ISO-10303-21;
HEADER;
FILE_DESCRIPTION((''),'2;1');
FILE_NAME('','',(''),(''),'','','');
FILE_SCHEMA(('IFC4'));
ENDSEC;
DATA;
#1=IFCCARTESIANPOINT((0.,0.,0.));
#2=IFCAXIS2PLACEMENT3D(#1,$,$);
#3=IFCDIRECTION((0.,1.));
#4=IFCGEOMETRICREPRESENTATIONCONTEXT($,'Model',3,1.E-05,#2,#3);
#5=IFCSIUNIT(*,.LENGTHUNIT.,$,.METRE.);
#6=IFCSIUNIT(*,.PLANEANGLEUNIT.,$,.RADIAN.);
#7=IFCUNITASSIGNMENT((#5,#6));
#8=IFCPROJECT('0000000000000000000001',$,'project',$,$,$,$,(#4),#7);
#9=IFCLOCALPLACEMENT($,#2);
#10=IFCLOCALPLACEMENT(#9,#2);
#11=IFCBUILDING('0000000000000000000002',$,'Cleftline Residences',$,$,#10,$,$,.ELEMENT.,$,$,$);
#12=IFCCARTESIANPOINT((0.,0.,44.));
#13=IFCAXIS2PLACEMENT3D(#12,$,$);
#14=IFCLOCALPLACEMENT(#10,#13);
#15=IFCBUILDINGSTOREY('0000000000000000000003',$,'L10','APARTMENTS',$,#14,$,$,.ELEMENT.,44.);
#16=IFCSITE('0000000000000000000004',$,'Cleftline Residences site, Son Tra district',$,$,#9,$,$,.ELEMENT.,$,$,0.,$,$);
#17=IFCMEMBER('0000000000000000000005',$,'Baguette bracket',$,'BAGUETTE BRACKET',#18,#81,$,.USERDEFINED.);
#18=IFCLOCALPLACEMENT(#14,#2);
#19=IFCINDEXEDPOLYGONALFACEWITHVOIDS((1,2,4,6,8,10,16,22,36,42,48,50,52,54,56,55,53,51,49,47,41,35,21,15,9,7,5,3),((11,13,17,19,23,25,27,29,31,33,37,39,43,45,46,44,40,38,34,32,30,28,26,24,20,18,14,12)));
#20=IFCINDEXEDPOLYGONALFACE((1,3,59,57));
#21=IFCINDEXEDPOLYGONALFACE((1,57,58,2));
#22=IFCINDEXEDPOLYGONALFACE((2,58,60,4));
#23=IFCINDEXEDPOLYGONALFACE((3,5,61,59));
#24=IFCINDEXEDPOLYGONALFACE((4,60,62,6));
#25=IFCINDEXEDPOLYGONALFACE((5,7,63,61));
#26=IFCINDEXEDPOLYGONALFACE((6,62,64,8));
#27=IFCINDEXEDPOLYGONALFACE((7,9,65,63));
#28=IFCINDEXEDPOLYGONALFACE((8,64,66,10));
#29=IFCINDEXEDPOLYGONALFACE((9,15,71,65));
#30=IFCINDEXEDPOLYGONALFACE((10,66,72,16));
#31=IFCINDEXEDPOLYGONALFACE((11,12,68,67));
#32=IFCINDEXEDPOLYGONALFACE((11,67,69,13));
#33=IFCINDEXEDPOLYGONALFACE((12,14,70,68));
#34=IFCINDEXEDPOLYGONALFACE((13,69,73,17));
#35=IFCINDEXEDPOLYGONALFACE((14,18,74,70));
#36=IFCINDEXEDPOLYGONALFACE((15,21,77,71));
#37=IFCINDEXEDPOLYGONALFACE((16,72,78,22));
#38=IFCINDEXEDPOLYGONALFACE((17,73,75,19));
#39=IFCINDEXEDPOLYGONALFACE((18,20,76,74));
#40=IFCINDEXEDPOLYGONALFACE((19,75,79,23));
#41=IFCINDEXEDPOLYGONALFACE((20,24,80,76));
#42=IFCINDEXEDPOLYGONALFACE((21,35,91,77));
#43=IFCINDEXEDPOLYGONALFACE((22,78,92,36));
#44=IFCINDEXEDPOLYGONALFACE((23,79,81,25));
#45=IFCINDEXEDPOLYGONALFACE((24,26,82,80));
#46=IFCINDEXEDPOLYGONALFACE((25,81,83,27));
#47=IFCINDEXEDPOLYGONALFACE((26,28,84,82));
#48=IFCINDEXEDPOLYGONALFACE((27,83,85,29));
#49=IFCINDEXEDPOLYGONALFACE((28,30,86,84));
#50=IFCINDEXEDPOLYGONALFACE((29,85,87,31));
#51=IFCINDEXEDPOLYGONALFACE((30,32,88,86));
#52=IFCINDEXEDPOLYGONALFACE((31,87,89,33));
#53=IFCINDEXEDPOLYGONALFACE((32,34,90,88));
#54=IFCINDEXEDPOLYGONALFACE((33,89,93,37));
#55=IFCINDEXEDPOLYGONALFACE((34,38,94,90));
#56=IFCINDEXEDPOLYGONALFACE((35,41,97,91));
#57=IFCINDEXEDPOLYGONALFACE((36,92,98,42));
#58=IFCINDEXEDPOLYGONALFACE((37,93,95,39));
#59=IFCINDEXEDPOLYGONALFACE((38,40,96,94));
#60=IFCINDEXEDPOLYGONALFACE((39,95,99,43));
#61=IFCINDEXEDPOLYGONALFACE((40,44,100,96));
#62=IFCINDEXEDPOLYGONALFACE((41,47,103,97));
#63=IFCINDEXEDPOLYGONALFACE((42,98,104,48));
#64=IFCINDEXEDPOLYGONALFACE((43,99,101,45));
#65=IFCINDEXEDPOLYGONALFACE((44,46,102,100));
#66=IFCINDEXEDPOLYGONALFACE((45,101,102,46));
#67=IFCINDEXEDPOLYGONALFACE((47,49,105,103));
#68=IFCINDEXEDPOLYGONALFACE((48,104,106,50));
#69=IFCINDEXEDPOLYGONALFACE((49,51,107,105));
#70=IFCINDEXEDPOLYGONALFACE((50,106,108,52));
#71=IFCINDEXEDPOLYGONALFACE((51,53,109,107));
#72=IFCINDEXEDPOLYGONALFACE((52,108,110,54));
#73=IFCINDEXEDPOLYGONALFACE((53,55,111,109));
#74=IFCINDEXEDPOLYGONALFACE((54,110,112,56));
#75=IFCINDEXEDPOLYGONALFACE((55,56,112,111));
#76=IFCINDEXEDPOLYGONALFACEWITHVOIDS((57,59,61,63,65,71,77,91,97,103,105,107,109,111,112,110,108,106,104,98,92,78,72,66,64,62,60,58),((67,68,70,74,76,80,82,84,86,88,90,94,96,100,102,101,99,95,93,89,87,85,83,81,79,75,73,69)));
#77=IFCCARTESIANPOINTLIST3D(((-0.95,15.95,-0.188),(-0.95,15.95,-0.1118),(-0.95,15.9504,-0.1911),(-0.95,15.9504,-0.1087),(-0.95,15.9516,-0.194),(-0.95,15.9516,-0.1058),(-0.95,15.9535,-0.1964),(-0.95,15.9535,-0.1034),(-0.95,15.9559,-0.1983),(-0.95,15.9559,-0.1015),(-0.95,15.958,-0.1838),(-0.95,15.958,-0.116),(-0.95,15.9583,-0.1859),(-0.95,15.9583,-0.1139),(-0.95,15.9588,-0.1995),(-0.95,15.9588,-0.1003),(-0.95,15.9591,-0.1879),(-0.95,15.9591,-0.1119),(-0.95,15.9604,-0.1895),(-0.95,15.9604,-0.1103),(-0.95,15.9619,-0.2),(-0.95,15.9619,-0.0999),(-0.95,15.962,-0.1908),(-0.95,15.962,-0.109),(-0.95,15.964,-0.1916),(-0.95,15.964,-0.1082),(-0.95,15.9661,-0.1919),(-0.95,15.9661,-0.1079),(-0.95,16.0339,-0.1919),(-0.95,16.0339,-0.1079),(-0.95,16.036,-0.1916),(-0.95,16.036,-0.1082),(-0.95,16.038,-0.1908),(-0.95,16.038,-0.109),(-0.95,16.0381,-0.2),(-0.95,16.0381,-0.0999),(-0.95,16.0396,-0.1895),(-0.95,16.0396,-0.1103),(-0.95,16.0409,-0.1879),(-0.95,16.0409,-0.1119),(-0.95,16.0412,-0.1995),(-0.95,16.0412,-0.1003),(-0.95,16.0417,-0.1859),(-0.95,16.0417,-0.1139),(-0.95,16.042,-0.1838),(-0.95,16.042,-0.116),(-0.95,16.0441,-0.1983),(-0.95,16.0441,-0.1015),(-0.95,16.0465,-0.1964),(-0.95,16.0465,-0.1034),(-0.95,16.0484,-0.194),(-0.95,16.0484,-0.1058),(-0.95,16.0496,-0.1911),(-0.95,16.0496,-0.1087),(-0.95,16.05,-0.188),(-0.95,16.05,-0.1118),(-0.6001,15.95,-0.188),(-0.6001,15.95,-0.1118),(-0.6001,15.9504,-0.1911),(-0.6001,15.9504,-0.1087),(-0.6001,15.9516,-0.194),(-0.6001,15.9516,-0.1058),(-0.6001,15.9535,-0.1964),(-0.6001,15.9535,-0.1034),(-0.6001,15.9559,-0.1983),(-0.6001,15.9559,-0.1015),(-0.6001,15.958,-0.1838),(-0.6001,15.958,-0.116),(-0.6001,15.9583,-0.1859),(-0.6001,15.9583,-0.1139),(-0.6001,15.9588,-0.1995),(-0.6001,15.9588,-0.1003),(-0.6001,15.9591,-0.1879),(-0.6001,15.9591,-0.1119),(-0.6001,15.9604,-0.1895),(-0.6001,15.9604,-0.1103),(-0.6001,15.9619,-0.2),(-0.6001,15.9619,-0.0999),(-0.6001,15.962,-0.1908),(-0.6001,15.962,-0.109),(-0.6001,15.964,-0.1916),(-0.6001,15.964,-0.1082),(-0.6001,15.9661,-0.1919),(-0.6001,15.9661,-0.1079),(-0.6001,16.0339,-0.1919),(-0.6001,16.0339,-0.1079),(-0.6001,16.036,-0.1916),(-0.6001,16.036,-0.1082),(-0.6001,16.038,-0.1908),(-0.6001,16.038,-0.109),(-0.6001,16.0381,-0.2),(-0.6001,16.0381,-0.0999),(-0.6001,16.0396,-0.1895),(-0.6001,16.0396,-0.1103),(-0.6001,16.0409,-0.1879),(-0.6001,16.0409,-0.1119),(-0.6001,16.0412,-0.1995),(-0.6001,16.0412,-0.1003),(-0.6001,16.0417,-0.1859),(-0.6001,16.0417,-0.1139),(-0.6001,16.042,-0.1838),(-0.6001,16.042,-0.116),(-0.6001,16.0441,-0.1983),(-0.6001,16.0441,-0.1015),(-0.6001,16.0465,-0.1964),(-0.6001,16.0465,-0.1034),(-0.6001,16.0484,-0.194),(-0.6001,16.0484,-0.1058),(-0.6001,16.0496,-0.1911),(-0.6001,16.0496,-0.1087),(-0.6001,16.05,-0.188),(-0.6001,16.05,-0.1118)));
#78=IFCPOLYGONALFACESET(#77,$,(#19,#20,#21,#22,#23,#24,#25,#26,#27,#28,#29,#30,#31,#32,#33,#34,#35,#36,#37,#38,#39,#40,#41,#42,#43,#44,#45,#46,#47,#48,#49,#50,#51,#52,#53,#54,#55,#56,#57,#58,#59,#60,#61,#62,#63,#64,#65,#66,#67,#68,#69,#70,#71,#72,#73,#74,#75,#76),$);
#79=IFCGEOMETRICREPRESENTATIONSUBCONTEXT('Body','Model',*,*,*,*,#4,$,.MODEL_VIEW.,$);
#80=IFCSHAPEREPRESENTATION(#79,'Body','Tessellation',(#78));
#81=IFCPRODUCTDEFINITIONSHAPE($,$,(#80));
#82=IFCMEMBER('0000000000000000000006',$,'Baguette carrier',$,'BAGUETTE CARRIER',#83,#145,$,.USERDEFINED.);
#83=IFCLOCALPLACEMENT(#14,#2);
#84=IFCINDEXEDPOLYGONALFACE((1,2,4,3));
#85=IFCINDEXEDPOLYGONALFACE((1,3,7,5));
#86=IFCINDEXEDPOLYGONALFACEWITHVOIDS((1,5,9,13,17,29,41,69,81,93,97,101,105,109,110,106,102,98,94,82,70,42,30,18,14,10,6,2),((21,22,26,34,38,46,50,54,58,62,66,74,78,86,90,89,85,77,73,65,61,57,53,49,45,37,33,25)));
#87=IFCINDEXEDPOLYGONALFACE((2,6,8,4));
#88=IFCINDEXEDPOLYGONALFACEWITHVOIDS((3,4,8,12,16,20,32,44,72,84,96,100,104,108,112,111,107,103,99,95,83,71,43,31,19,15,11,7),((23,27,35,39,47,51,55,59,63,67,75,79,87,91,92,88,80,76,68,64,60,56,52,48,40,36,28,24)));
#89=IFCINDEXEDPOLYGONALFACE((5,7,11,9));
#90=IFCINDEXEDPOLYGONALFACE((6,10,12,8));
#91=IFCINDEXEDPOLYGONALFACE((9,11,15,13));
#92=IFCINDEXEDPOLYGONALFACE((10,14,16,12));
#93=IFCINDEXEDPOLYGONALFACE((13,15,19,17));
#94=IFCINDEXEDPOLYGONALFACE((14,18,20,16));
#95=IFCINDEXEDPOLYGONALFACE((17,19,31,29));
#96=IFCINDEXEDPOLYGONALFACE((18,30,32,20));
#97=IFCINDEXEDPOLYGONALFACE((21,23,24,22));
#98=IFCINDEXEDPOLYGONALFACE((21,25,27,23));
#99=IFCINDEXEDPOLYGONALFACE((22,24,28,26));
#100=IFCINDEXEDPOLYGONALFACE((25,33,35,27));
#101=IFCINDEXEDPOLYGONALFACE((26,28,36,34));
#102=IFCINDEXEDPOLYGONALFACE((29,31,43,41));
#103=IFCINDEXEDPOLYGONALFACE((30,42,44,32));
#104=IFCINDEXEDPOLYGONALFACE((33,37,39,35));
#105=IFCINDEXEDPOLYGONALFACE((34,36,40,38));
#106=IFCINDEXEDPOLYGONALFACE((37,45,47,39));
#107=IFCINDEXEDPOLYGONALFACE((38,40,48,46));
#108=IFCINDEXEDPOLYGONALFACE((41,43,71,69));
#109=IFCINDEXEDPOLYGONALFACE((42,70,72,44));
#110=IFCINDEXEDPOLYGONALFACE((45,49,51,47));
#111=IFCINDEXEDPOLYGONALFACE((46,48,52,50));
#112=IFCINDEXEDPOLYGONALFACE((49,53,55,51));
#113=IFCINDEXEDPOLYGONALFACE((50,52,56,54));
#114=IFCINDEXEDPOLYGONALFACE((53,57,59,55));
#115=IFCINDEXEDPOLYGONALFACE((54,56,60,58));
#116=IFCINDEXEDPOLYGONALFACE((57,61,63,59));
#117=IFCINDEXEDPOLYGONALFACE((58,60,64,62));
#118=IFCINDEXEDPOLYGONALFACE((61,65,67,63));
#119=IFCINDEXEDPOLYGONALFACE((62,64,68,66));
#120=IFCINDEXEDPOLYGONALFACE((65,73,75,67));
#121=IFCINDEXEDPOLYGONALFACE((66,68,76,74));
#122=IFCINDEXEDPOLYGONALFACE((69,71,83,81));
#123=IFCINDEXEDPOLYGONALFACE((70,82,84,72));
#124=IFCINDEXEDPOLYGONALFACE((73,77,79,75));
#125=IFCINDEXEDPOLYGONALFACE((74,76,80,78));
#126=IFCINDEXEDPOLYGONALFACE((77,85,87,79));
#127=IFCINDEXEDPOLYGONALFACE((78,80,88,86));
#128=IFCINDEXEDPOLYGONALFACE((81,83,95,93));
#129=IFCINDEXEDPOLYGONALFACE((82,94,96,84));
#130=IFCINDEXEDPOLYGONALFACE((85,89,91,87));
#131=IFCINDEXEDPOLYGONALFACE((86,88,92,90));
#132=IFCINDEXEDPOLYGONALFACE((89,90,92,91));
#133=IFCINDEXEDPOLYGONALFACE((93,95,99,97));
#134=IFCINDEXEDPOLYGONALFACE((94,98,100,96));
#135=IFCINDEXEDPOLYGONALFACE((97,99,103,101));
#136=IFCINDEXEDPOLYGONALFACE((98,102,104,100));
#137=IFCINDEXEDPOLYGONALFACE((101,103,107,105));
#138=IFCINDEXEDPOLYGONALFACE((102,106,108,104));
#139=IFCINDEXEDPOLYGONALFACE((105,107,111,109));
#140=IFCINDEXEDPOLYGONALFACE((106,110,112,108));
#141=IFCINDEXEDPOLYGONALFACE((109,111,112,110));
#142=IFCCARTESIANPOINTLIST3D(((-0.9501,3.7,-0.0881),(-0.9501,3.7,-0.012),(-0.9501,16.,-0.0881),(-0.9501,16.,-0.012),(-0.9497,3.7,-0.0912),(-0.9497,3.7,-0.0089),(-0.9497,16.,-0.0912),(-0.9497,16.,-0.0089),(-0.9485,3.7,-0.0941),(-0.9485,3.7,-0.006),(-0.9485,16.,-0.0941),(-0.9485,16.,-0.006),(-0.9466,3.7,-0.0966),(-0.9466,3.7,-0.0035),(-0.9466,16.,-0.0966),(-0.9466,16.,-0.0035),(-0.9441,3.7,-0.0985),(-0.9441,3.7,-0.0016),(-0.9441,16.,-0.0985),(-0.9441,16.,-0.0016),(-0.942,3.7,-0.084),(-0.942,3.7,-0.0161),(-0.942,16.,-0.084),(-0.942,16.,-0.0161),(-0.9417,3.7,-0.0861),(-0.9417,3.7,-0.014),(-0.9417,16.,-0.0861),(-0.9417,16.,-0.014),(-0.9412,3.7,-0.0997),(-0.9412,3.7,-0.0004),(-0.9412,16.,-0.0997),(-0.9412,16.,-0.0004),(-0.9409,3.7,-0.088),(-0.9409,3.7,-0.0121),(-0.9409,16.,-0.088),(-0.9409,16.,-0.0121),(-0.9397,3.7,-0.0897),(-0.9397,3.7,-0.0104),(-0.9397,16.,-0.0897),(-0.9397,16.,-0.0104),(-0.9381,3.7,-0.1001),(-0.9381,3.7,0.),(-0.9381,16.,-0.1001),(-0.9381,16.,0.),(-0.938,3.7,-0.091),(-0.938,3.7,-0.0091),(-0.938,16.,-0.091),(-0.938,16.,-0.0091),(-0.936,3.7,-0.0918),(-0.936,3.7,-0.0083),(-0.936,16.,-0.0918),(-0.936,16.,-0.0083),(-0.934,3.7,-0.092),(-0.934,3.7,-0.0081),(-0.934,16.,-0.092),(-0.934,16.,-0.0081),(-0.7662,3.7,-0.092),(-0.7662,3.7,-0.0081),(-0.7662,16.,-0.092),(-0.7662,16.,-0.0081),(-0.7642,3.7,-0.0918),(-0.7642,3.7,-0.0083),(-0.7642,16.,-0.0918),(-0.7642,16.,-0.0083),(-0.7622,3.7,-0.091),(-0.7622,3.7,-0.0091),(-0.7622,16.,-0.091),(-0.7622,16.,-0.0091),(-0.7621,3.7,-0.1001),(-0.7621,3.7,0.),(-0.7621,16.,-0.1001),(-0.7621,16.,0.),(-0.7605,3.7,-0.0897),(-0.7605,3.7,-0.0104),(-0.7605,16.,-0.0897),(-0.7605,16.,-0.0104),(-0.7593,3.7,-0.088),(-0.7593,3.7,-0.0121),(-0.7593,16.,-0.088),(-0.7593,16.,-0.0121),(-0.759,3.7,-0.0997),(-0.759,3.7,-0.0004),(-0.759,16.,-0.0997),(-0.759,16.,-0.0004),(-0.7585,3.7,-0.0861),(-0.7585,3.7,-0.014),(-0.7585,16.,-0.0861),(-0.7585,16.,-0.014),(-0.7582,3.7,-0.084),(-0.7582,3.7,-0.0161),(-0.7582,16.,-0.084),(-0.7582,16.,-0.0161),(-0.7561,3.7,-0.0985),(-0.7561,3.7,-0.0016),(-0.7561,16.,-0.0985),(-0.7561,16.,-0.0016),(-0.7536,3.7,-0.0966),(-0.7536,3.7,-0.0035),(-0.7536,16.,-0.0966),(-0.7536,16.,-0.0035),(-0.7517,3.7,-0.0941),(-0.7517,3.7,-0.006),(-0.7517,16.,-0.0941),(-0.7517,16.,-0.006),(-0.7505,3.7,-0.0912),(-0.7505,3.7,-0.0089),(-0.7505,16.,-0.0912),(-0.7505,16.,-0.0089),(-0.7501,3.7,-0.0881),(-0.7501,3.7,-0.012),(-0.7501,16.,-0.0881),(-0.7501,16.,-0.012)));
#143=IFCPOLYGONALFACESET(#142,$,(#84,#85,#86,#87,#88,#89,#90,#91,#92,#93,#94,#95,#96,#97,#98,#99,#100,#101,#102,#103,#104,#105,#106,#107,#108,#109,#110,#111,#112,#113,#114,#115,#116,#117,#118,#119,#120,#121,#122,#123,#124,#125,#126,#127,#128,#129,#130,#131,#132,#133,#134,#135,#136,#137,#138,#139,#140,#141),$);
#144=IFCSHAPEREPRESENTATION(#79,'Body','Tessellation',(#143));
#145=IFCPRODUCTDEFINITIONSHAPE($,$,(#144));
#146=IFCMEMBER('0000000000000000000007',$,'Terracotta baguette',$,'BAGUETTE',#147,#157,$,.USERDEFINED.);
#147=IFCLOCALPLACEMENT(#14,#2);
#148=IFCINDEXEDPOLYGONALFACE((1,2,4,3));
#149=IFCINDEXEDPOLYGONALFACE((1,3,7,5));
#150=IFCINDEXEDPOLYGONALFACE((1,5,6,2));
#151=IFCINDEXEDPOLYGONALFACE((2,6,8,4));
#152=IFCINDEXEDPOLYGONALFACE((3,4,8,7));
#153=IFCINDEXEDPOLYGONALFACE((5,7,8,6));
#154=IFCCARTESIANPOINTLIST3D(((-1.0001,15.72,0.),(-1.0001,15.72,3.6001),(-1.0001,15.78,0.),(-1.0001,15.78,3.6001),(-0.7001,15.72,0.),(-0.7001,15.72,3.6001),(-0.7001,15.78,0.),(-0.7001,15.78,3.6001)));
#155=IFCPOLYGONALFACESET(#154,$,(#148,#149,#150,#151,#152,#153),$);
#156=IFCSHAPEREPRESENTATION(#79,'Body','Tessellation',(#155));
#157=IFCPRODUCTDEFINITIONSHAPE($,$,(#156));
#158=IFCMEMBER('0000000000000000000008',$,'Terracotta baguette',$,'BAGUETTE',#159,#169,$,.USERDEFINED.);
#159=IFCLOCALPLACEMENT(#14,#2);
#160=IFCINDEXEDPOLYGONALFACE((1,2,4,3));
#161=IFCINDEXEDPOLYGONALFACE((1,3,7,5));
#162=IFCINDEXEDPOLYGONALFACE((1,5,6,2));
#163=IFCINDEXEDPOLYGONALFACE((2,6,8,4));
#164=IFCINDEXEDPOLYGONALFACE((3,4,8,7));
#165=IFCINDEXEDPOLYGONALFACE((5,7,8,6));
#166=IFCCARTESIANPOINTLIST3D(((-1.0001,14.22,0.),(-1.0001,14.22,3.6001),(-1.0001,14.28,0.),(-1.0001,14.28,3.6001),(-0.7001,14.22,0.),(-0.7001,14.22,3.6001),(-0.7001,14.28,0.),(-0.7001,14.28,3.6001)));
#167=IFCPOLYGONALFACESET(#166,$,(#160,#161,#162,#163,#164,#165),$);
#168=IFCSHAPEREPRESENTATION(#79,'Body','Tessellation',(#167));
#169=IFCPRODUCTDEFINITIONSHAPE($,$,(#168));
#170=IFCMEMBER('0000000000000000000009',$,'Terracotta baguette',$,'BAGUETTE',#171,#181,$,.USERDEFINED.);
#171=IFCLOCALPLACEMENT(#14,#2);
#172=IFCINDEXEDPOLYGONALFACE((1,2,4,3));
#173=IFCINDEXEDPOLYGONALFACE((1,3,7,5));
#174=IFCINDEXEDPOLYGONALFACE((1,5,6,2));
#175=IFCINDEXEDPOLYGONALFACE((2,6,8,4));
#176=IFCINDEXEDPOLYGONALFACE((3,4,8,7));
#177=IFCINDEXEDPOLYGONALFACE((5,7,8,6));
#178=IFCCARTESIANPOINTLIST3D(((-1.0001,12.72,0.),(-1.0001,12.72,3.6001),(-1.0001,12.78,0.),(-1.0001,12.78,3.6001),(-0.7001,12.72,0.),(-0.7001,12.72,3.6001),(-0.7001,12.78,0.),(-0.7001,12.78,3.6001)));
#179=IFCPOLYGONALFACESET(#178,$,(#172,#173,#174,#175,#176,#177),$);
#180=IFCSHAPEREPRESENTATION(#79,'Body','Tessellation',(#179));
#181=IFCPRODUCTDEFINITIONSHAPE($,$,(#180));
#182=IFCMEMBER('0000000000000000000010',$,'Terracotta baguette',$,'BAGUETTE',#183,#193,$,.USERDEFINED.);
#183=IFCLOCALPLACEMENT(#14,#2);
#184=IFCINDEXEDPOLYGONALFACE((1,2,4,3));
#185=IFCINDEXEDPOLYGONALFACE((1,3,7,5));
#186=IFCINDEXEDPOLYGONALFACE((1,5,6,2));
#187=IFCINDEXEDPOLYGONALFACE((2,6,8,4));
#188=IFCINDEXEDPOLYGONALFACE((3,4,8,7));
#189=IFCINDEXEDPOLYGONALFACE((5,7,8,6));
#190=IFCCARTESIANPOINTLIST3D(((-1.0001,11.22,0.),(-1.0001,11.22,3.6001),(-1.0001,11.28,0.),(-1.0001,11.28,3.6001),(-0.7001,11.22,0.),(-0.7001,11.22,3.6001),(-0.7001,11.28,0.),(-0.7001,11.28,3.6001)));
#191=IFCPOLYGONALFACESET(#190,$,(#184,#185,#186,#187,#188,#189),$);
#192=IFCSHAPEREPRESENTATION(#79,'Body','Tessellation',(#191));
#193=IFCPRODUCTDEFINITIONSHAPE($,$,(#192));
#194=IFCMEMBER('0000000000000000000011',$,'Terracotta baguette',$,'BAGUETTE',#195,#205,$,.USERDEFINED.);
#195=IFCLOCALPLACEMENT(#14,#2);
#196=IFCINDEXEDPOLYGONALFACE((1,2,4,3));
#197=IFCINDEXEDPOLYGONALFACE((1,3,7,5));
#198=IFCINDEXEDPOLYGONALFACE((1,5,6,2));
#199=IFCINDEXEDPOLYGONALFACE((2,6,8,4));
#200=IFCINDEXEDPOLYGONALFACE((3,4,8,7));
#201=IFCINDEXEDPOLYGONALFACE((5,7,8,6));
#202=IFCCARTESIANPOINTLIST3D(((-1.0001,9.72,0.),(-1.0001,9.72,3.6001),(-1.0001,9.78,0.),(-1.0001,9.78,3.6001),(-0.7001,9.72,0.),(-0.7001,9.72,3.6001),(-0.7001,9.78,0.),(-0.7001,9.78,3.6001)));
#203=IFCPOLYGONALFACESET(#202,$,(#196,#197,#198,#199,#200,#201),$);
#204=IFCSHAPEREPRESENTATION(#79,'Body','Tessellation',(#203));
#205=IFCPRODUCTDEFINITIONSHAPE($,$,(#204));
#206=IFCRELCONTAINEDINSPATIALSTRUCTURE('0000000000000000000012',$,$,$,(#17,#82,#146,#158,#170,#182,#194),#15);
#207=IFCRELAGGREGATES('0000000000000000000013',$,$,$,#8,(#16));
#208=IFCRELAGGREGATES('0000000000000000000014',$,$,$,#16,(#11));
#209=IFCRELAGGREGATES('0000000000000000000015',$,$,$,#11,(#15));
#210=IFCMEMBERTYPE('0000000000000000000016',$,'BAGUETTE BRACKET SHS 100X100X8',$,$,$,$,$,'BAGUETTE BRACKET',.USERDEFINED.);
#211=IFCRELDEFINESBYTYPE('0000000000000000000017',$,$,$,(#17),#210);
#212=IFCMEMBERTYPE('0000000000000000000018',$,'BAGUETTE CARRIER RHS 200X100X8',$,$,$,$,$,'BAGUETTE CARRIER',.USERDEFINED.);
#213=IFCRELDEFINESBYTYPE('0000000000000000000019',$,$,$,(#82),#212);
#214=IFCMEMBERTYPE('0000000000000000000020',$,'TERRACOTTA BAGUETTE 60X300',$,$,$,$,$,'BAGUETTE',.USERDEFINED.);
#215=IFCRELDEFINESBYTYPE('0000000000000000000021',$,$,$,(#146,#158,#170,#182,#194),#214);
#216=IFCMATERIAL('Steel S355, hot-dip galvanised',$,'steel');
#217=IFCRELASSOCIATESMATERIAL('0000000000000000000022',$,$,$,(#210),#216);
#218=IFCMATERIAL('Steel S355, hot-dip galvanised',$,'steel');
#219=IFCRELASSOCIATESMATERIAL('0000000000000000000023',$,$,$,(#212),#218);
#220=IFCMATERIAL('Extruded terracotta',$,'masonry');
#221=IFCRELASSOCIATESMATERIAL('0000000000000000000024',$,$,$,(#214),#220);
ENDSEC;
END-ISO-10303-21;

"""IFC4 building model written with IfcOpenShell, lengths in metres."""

from ifc_helpers import new_model, si_unit, direction, frame, origin, origin_2d, place, context, subcontext, project, spatial, rectangle, hollow_rectangle, extrude, material, material_profile, profile_set, type_object, element, save


model = new_model("IFC4")

# Units and contexts
model_context = context("Model", 3, precision=1e-05, world=origin(), true_north=direction((0.0, 1.0)))
body_context = subcontext(model_context, "Body", "Model", "MODEL_VIEW")
ifc_project = project(units=[si_unit("LENGTHUNIT", "METRE"), si_unit("PLANEANGLEUNIT", "RADIAN")], contexts=[model_context])

# Site, building, storey
site_placement = place(None, origin())
site = spatial("IfcSite", under=ifc_project, at=site_placement, Name="Cleftline Residences site, Son Tra district", CompositionType="ELEMENT", RefElevation=0.0)
building_placement = place(site_placement, origin())
building = spatial("IfcBuilding", under=site, at=building_placement, Name="Cleftline Residences", CompositionType="ELEMENT")
storey_placement = place(building_placement, frame((0.0, 0.0, 44.0)))
storey = spatial("IfcBuildingStorey", under=building, at=storey_placement, Name="L10", Description="APARTMENTS", CompositionType="ELEMENT", Elevation=44.0)

# Members
ifc_material_1 = material(Name="Steel S355, hot-dip galvanised", Category="steel")
ifc_material_profile_1 = material_profile(ifc_material_1, hollow_rectangle(XDim=0.1001, YDim=0.1001, WallThickness=0.0081, InnerFilletRadius=0.0081, OuterFilletRadius=0.012, at=origin_2d()))
ifc_profile_set_1 = profile_set([ifc_material_profile_1], Name="Steel S355, hot-dip galvanised")
member_type_1 = type_object("IfcMemberType", Name="BAGUETTE BRACKET SHS 100X100X8", ElementType="BAGUETTE BRACKET", PredefinedType="USERDEFINED", material=ifc_profile_set_1)
member_1_placement = place(storey_placement, frame((-0.6001, 16.0, -0.1499), z_axis=(-1.0, 0.0, 0.0), x_axis=(0.0, -1.0, 0.0)))
element("IfcMember", 1, at=member_1_placement, inside=storey, type_object=member_type_1, Name="Baguette bracket", ObjectType="BAGUETTE BRACKET", PredefinedType="USERDEFINED", context=body_context, shape_type="SweptSolid", body=[
    extrude(hollow_rectangle(XDim=0.1001, YDim=0.1001, WallThickness=0.0081, InnerFilletRadius=0.0081, OuterFilletRadius=0.012, at=origin_2d()), origin(), (0.0, 0.0, 1.0), 0.3499),
])
ifc_material_2 = material(Name="Steel S355, hot-dip galvanised", Category="steel")
ifc_material_profile_2 = material_profile(ifc_material_2, hollow_rectangle(XDim=0.1001, YDim=0.2, WallThickness=0.0081, InnerFilletRadius=0.0081, OuterFilletRadius=0.012, at=origin_2d()))
ifc_profile_set_2 = profile_set([ifc_material_profile_2], Name="Steel S355, hot-dip galvanised")
member_type_2 = type_object("IfcMemberType", Name="BAGUETTE CARRIER RHS 200X100X8", ElementType="BAGUETTE CARRIER", PredefinedType="USERDEFINED", material=ifc_profile_set_2)
member_2_placement = place(storey_placement, frame((-0.8501, 16.0, -0.05), z_axis=(0.0, -1.0, 0.0), x_axis=(0.0, 0.0, 1.0)))
element("IfcMember", 2, at=member_2_placement, inside=storey, type_object=member_type_2, Name="Baguette carrier", ObjectType="BAGUETTE CARRIER", PredefinedType="USERDEFINED", context=body_context, shape_type="SweptSolid", body=[
    extrude(hollow_rectangle(XDim=0.1001, YDim=0.2, WallThickness=0.0081, InnerFilletRadius=0.0081, OuterFilletRadius=0.012, at=origin_2d()), origin(), (0.0, 0.0, 1.0), 12.3),
])
ifc_material_3 = material(Name="Extruded terracotta", Category="masonry")
ifc_material_profile_3 = material_profile(ifc_material_3, rectangle(XDim=0.0601, YDim=0.3, at=origin_2d()))
ifc_profile_set_3 = profile_set([ifc_material_profile_3], Name="Extruded terracotta")
member_type_3 = type_object("IfcMemberType", Name="TERRACOTTA BAGUETTE 60X300", ElementType="BAGUETTE", PredefinedType="USERDEFINED", material=ifc_profile_set_3)
for number, where, z_axis, x_axis, name in (
    (3, (-0.8501, 15.75, 0.0), (0.0, 0.0, 1.0), (0.0, 1.0, 0.0), "Terracotta baguette"),
    (4, (-0.8501, 14.25, 0.0), (0.0, 0.0, 1.0), (0.0, 1.0, 0.0), "Terracotta baguette"),
    (5, (-0.8501, 12.75, 0.0), (0.0, 0.0, 1.0), (0.0, 1.0, 0.0), "Terracotta baguette"),
    (6, (-0.8501, 11.25, 0.0), (0.0, 0.0, 1.0), (0.0, 1.0, 0.0), "Terracotta baguette"),
    (7, (-0.8501, 9.75, 0.0), (0.0, 0.0, 1.0), (0.0, 1.0, 0.0), "Terracotta baguette"),
):
    element("IfcMember", number, at=place(storey_placement, frame(where, z_axis=z_axis, x_axis=x_axis)), inside=storey, type_object=member_type_3, Name=name, ObjectType="BAGUETTE", PredefinedType="USERDEFINED", context=body_context, shape_type="SweptSolid", body=[
        extrude(rectangle(XDim=0.0601, YDim=0.3, at=origin_2d()), origin(), (0.0, 0.0, 1.0), 3.6001),
    ])

save(model, "model.ifc")
